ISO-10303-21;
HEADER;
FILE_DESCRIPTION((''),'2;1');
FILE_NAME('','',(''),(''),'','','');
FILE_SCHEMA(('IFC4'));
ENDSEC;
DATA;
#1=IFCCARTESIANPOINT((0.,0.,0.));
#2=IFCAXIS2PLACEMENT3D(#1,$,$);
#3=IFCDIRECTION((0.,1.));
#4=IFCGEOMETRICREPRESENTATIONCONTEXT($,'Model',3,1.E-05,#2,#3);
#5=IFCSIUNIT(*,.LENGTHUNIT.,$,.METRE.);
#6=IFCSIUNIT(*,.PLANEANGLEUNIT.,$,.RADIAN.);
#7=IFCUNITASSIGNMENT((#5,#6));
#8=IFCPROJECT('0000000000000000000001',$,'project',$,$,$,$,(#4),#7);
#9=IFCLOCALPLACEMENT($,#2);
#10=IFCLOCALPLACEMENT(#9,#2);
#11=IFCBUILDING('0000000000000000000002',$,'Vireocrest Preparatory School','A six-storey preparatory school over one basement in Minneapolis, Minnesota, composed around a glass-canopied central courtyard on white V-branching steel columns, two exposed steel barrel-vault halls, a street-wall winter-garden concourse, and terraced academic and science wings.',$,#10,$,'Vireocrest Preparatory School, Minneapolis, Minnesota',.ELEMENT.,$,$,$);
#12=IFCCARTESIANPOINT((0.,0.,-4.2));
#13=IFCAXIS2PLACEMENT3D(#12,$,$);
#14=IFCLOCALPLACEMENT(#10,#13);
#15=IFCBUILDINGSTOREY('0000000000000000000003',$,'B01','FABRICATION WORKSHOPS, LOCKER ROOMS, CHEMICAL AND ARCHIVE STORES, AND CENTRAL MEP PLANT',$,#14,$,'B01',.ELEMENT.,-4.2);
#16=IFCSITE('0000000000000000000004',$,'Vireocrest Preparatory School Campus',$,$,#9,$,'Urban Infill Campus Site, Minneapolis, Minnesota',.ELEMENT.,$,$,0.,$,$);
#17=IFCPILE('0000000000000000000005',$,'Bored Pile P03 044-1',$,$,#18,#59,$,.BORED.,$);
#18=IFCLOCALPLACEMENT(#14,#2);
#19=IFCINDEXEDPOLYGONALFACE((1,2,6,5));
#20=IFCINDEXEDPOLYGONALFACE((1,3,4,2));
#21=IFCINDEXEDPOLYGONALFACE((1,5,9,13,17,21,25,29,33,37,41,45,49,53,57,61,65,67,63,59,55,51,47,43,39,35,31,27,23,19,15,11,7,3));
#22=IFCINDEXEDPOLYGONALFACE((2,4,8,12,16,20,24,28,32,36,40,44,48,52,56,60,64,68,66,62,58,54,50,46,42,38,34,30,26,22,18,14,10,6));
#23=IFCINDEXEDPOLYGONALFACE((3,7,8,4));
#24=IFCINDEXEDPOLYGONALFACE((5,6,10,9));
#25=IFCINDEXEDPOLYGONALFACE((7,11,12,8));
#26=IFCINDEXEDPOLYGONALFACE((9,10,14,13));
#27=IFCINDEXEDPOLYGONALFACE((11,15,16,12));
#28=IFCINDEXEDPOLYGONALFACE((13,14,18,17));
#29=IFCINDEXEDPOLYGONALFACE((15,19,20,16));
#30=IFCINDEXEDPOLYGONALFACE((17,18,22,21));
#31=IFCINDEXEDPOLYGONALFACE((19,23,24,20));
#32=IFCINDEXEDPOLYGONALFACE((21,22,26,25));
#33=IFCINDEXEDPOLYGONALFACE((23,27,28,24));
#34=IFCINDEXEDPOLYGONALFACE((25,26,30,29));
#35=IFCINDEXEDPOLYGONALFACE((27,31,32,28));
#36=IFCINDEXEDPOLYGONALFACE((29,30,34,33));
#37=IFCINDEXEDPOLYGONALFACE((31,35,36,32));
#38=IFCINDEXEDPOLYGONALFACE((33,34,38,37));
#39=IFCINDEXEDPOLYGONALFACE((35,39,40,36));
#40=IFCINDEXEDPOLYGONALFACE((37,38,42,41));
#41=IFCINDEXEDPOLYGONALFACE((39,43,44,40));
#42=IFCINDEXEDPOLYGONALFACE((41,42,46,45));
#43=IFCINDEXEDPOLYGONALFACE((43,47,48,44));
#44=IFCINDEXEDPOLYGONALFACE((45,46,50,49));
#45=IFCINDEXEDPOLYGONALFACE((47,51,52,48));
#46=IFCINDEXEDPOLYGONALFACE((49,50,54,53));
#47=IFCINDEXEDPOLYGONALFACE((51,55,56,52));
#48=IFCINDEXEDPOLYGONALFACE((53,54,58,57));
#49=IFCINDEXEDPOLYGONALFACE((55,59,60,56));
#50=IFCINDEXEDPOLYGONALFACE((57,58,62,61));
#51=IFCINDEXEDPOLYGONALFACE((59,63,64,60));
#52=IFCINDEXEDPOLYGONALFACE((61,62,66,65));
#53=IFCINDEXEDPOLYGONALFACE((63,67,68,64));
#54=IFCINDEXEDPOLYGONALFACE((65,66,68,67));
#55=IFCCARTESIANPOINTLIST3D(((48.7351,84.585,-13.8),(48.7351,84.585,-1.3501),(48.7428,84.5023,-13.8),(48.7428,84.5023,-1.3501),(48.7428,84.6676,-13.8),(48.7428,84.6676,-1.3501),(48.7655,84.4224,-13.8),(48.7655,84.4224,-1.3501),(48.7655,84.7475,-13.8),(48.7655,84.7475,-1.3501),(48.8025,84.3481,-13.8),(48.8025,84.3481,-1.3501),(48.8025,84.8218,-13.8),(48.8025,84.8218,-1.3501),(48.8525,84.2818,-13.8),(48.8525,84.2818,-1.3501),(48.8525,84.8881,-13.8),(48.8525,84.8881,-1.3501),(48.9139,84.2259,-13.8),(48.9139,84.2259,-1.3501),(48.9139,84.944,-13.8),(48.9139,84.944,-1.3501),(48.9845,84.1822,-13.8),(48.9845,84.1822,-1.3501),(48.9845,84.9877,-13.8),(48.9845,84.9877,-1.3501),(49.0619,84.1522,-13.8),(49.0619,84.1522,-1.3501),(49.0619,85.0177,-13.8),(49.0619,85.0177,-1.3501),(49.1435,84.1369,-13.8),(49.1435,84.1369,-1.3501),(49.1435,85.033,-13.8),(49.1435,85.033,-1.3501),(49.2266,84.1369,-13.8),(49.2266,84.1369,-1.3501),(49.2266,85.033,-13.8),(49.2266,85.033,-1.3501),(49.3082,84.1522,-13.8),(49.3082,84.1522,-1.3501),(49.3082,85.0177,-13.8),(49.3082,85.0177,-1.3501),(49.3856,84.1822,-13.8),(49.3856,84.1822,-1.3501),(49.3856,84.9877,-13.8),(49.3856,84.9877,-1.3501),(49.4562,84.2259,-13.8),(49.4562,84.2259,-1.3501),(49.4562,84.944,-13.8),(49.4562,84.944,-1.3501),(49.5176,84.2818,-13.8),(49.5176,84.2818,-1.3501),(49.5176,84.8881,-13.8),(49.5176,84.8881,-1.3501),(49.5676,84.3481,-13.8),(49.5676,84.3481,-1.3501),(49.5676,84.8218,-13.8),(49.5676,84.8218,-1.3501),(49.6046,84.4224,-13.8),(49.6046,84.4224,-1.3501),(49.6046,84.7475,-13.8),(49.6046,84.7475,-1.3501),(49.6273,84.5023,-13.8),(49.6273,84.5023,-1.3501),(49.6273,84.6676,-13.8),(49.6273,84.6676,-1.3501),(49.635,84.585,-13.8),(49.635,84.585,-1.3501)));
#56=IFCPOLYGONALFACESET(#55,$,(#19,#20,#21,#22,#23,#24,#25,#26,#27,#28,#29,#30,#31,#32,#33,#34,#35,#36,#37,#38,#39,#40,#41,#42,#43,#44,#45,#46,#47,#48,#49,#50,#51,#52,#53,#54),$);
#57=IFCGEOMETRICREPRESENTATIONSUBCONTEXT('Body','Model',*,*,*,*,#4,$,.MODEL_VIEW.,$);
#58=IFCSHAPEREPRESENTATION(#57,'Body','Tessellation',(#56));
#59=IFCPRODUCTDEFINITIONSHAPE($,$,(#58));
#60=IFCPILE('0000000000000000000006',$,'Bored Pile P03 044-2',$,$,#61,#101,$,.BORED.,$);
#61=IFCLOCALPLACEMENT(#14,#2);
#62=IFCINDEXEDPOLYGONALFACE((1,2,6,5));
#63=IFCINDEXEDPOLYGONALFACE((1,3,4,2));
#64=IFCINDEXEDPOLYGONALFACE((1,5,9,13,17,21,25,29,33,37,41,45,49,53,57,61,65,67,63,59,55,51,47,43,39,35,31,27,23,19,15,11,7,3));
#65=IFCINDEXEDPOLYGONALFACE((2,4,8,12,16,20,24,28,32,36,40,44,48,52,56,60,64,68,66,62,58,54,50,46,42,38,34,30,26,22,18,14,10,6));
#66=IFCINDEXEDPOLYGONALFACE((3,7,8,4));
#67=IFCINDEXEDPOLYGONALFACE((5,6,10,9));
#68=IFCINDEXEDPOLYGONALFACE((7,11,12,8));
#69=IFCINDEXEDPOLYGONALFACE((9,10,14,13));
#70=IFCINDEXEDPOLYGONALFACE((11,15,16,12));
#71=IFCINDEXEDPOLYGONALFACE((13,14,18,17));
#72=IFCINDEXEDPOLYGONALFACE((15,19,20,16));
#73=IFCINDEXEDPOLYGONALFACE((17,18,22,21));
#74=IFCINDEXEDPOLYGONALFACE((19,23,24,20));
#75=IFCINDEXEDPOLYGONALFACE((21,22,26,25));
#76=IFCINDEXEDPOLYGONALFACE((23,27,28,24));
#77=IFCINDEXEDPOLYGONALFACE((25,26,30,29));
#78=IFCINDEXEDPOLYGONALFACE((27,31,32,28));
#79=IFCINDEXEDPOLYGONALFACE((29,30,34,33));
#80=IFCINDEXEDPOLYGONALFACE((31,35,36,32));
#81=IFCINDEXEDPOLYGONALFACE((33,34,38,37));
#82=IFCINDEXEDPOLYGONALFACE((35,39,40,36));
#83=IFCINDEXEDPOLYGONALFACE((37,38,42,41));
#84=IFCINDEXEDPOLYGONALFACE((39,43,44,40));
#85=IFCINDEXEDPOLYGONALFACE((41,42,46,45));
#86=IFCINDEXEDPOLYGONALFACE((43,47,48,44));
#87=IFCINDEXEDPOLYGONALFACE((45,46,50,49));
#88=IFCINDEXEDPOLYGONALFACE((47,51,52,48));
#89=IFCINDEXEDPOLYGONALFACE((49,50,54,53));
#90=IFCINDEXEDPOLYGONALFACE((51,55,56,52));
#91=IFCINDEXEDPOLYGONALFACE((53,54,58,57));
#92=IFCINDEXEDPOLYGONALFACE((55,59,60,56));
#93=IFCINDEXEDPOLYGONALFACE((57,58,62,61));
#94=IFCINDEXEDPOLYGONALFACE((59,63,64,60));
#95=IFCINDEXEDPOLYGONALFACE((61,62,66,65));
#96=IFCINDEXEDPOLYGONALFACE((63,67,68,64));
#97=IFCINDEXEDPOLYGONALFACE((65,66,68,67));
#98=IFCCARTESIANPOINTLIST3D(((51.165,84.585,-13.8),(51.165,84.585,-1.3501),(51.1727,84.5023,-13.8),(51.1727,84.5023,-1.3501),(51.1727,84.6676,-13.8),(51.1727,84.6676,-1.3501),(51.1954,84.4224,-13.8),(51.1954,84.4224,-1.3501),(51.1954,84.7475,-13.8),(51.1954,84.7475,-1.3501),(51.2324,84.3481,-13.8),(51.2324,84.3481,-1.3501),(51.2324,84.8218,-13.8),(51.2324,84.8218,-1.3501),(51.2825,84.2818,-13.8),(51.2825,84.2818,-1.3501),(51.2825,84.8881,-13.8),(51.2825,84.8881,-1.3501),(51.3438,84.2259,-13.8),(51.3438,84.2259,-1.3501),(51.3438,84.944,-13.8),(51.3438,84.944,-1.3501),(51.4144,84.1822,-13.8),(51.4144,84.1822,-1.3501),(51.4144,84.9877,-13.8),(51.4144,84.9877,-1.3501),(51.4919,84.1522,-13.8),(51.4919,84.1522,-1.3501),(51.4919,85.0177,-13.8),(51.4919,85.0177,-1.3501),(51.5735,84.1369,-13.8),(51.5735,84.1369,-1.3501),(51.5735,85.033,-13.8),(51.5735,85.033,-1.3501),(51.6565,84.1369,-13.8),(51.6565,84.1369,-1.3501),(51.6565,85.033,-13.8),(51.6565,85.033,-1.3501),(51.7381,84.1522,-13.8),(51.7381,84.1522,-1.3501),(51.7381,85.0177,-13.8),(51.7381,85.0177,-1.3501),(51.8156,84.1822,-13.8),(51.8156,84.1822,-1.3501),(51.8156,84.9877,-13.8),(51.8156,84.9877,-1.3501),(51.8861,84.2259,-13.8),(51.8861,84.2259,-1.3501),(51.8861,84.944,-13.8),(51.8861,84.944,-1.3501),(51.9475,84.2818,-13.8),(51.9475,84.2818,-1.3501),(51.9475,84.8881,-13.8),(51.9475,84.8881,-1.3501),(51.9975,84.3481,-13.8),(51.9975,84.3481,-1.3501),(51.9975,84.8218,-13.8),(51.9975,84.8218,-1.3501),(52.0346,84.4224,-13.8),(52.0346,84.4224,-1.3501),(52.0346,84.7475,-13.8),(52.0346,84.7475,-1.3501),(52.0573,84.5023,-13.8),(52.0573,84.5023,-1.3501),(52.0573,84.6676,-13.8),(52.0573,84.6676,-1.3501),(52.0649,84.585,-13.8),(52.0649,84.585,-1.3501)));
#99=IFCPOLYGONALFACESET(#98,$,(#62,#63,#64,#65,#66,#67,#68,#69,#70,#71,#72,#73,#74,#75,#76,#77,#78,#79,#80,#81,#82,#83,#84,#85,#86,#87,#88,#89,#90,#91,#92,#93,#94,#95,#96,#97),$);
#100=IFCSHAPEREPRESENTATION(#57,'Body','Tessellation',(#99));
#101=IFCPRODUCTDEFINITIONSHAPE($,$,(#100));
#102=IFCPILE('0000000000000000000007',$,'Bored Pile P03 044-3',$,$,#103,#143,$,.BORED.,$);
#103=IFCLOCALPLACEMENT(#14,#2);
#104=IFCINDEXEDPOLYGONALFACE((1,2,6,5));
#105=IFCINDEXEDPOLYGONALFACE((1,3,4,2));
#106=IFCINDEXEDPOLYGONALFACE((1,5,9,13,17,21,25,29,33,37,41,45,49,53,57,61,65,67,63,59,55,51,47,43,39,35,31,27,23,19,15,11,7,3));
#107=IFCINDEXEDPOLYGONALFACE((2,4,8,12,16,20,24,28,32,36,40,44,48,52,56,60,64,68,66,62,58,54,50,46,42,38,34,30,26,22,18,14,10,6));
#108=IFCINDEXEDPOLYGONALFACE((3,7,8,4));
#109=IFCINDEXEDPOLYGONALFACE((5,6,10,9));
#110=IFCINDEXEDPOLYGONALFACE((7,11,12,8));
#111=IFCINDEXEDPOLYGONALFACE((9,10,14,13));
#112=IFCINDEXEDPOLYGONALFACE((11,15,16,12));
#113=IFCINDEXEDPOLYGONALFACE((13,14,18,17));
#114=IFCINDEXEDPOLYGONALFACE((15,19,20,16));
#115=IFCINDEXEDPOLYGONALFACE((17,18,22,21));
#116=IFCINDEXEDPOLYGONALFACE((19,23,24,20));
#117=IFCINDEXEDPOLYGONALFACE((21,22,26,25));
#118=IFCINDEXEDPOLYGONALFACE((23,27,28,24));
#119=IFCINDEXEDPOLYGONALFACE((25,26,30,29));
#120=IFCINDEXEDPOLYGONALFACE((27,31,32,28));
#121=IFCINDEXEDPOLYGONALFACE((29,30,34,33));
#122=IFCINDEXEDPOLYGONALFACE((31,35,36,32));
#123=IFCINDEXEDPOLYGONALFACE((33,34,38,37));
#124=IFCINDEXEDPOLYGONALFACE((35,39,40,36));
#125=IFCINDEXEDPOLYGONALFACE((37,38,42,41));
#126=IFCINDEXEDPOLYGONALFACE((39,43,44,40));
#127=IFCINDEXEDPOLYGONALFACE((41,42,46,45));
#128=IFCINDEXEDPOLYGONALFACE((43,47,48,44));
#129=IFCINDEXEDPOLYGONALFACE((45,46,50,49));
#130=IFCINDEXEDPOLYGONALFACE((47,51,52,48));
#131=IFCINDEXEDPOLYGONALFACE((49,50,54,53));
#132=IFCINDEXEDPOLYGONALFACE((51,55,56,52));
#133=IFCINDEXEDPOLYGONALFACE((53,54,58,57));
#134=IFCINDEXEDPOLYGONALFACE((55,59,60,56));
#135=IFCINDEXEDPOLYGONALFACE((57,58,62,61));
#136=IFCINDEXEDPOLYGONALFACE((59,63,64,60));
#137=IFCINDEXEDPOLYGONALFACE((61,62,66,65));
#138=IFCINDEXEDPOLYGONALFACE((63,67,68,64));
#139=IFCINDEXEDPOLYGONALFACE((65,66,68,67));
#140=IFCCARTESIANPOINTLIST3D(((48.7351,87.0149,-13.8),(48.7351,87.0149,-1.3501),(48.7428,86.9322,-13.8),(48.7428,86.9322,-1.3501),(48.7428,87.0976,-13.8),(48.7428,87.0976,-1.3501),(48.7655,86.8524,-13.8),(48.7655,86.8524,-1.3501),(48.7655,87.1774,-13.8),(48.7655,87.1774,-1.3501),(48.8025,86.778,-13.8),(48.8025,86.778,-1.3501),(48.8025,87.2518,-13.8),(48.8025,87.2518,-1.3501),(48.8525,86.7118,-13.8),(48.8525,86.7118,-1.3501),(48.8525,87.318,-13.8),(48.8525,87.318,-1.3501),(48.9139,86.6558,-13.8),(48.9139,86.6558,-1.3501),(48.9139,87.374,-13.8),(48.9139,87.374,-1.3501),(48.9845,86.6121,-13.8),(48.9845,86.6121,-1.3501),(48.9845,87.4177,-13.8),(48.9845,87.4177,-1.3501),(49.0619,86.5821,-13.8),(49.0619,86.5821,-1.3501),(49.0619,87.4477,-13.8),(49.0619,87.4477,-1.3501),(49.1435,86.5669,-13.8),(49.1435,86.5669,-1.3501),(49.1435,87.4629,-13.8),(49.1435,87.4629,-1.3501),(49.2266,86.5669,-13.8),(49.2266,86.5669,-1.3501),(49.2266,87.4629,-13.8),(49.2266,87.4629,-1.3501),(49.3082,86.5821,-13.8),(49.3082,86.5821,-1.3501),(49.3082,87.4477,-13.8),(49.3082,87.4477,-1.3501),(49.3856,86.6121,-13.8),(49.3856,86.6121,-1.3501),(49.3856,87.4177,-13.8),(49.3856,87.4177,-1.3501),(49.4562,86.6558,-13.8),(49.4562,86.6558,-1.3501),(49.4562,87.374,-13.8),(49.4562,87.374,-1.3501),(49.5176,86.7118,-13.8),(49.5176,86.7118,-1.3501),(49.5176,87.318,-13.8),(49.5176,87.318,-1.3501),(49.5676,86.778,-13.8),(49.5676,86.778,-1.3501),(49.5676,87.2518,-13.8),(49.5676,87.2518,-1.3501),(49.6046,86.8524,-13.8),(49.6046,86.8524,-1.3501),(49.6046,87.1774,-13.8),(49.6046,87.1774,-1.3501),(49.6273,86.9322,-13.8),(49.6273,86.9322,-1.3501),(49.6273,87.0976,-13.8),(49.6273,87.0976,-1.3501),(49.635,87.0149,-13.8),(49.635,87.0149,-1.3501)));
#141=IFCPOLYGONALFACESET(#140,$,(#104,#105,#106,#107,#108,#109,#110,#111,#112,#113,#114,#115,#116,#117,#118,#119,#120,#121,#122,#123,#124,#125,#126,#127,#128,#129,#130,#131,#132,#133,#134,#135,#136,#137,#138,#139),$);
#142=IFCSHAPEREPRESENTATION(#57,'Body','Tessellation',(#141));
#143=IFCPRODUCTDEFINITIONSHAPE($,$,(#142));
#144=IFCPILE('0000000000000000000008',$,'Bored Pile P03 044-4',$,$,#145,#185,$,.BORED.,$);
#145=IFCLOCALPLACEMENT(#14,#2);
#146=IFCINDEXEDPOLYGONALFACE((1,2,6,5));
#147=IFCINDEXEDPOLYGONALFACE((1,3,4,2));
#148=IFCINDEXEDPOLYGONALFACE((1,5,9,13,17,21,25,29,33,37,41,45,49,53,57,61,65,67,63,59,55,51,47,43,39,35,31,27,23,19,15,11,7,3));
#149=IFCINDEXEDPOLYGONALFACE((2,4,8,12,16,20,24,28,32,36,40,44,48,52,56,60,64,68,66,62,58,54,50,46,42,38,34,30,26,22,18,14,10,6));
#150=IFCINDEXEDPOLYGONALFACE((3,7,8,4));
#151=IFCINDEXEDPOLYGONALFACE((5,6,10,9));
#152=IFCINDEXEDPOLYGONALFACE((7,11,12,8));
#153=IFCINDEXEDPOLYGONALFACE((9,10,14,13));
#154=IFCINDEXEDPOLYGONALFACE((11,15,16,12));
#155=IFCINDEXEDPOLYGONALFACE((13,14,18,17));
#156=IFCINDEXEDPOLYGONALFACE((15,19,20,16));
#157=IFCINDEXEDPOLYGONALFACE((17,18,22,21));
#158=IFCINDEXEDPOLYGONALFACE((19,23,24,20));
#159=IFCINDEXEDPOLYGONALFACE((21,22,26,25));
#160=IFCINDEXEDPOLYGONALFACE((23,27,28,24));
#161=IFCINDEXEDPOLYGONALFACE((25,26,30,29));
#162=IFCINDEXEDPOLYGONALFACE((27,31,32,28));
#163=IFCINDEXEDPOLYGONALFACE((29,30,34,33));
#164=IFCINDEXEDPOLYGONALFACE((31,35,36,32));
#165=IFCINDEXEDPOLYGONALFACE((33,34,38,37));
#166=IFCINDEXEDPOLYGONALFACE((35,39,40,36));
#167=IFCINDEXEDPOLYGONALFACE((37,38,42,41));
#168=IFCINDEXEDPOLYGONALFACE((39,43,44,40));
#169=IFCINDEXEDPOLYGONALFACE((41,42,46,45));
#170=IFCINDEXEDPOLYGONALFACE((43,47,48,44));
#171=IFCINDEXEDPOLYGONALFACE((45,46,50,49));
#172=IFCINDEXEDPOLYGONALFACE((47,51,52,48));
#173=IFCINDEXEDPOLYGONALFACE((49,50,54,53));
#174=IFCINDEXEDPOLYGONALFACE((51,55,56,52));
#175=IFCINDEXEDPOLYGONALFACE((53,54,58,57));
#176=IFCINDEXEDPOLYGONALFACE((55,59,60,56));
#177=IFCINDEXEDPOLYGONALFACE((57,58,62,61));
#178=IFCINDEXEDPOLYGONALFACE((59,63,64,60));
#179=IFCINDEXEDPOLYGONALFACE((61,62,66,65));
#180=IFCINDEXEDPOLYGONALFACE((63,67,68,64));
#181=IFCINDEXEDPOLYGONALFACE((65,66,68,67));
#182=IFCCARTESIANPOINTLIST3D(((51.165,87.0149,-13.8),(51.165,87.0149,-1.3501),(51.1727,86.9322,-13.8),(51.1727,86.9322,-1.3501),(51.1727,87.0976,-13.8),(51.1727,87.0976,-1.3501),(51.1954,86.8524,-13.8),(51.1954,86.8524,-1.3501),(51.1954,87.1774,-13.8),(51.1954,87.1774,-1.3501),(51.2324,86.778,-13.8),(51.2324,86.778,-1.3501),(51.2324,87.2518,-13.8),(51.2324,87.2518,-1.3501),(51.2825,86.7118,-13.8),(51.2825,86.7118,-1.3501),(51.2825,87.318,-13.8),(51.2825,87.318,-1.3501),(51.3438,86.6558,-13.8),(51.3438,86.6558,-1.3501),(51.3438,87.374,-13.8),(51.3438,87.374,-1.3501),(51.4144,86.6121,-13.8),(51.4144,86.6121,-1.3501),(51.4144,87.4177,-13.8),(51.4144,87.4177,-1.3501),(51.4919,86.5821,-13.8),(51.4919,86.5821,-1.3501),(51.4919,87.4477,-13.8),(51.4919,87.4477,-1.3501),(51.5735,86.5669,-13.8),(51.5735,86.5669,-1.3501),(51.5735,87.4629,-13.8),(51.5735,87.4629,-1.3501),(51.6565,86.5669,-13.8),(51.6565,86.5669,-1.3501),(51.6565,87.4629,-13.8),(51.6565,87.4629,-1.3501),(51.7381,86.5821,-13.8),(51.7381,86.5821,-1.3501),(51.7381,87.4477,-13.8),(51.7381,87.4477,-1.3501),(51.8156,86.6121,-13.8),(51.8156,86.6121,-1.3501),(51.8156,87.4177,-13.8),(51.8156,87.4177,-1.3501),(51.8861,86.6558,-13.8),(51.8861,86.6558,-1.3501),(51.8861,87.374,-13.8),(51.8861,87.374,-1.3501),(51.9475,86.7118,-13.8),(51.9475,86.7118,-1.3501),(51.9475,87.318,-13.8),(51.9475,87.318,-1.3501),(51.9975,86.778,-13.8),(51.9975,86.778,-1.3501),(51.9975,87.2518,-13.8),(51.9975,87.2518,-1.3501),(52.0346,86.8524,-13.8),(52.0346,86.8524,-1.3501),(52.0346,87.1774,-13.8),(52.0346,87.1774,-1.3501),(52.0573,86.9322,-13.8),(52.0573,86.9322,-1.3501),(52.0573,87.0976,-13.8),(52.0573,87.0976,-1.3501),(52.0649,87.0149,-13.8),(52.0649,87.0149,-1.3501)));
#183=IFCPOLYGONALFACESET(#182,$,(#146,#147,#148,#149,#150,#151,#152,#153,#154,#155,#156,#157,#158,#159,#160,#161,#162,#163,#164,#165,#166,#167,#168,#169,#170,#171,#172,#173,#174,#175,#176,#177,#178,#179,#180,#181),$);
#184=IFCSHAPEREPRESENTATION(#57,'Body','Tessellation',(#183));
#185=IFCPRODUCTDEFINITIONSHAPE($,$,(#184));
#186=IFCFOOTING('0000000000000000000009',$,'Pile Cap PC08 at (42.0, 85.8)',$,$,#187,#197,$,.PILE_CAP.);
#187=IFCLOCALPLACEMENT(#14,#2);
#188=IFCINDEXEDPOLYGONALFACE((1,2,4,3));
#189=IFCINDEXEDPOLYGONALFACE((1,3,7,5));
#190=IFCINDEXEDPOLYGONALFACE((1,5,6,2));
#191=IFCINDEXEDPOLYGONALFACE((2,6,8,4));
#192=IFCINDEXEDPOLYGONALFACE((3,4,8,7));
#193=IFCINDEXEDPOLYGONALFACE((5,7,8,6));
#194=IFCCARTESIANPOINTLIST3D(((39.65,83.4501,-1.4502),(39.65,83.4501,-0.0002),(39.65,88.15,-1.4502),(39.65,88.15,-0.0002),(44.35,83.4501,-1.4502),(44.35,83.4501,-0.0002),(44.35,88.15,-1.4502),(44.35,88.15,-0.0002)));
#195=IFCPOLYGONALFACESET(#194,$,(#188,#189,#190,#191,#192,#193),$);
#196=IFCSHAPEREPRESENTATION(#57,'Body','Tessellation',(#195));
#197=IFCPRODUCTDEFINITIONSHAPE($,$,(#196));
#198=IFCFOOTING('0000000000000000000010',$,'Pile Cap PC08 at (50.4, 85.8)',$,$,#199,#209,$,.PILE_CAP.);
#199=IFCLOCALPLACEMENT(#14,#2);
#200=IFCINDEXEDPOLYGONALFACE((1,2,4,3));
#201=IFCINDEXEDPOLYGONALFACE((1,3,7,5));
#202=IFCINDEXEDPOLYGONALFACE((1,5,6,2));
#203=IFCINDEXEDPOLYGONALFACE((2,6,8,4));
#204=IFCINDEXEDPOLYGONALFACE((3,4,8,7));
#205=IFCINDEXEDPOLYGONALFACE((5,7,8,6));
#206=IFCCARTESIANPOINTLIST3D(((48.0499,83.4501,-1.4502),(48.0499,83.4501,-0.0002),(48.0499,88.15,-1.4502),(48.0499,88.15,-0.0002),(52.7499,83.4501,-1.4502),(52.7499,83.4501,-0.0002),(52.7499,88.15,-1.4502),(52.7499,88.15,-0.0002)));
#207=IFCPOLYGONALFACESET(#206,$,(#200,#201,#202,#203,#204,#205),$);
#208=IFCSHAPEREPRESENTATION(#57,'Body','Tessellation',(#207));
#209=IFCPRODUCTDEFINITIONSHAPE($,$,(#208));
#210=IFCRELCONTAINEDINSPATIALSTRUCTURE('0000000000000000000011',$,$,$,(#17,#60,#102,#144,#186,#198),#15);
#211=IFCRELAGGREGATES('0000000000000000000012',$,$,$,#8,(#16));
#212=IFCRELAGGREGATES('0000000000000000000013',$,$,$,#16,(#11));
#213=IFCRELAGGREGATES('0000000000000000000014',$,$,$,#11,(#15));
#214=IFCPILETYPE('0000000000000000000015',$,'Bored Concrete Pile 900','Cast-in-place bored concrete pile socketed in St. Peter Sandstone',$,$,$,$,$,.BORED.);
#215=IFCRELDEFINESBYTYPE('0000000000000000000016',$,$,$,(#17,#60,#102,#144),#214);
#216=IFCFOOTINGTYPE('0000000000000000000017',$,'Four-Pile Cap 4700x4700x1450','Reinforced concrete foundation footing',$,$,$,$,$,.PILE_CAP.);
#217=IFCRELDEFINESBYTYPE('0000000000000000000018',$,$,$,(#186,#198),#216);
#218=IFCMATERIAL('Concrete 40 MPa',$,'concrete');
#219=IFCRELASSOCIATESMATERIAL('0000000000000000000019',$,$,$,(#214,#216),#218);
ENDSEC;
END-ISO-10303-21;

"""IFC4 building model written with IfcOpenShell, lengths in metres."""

from ifc_helpers import new_model, si_unit, direction, frame, origin, origin_2d, place, context, subcontext, project, spatial, rectangle, circle, extrude, material, material_profile, profile_set, type_object, element, save


model = new_model("IFC4")

# Units and contexts
model_context = context("Model", 3, precision=1e-05, world=origin(), true_north=direction((0.0, 1.0)))
body_context = subcontext(model_context, "Body", "Model", "MODEL_VIEW")
ifc_project = project(units=[si_unit("LENGTHUNIT", "METRE"), si_unit("PLANEANGLEUNIT", "RADIAN")], contexts=[model_context])

# Site, building, storey
site_placement = place(None, origin())
site = spatial("IfcSite", under=ifc_project, at=site_placement, Name="Vireocrest Preparatory School Campus", LongName="Urban Infill Campus Site, Minneapolis, Minnesota", CompositionType="ELEMENT", RefElevation=0.0)
building_placement = place(site_placement, origin())
building = spatial("IfcBuilding", under=site, at=building_placement, Name="Vireocrest Preparatory School", Description="A six-storey preparatory school over one basement in Minneapolis, Minnesota, composed around a glass-canopied central courtyard on white V-branching steel columns, two exposed steel barrel-vault halls, a street-wall winter-garden concourse, and terraced academic and science wings.", LongName="Vireocrest Preparatory School, Minneapolis, Minnesota", CompositionType="ELEMENT")
storey_placement = place(building_placement, frame((0.0, 0.0, -4.2)))
storey = spatial("IfcBuildingStorey", under=building, at=storey_placement, Name="B01", Description="FABRICATION WORKSHOPS, LOCKER ROOMS, CHEMICAL AND ARCHIVE STORES, AND CENTRAL MEP PLANT", LongName="B01", CompositionType="ELEMENT", Elevation=-4.2)

# Piles
ifc_material_1 = material(Name="Concrete 40 MPa", Category="concrete")
ifc_material_profile_1 = material_profile(ifc_material_1, circle(Radius=0.45, at=origin_2d()), Name="BORED PILE 900")
ifc_profile_set_1 = profile_set([ifc_material_profile_1], Name="Concrete 40 MPa")
pile_type_1 = type_object("IfcPileType", Name="Bored Concrete Pile 900", Description="Cast-in-place bored concrete pile socketed in St. Peter Sandstone", PredefinedType="BORED", material=ifc_profile_set_1)
for number, where, z_axis, x_axis, name in (
    (1, (49.1851, 84.585, -1.3501), (0.0, 0.0, -1.0), (1.0, 0.0, 0.0), "Bored Pile P03 044-1"),
    (2, (51.615, 84.585, -1.3501), (0.0, 0.0, -1.0), (1.0, 0.0, 0.0), "Bored Pile P03 044-2"),
    (3, (49.1851, 87.0149, -1.3501), (0.0, 0.0, -1.0), (1.0, 0.0, 0.0), "Bored Pile P03 044-3"),
    (4, (51.615, 87.0149, -1.3501), (0.0, 0.0, -1.0), (1.0, 0.0, 0.0), "Bored Pile P03 044-4"),
):
    element("IfcPile", number, at=place(storey_placement, frame(where, z_axis=z_axis, x_axis=x_axis)), inside=storey, type_object=pile_type_1, Name=name, PredefinedType="BORED", context=body_context, shape_type="SweptSolid", body=[
        extrude(circle(Radius=0.45, at=origin_2d()), origin(), (0.0, 0.0, 1.0), 12.45),
    ])

# Footings
footing_type_1 = type_object("IfcFootingType", Name="Four-Pile Cap 4700x4700x1450", Description="Reinforced concrete foundation footing", PredefinedType="PILE_CAP", material=ifc_material_1)
for number, where, z_axis, x_axis, name in (
    (5, (42.0, 85.8, -1.4502), (0.0, 0.0, 1.0), (1.0, 0.0, 0.0), "Pile Cap PC08 at (42.0, 85.8)"),
    (6, (50.3999, 85.8, -1.4502), (0.0, 0.0, 1.0), (1.0, 0.0, 0.0), "Pile Cap PC08 at (50.4, 85.8)"),
):
    element("IfcFooting", number, at=place(storey_placement, frame(where, z_axis=z_axis, x_axis=x_axis)), inside=storey, type_object=footing_type_1, Name=name, PredefinedType="PILE_CAP", context=body_context, shape_type="SweptSolid", body=[
        extrude(rectangle(XDim=4.7, YDim=4.7, at=origin_2d()), origin(), (0.0, 0.0, 1.0), 1.45),
    ])

save(model, "model.ifc")
